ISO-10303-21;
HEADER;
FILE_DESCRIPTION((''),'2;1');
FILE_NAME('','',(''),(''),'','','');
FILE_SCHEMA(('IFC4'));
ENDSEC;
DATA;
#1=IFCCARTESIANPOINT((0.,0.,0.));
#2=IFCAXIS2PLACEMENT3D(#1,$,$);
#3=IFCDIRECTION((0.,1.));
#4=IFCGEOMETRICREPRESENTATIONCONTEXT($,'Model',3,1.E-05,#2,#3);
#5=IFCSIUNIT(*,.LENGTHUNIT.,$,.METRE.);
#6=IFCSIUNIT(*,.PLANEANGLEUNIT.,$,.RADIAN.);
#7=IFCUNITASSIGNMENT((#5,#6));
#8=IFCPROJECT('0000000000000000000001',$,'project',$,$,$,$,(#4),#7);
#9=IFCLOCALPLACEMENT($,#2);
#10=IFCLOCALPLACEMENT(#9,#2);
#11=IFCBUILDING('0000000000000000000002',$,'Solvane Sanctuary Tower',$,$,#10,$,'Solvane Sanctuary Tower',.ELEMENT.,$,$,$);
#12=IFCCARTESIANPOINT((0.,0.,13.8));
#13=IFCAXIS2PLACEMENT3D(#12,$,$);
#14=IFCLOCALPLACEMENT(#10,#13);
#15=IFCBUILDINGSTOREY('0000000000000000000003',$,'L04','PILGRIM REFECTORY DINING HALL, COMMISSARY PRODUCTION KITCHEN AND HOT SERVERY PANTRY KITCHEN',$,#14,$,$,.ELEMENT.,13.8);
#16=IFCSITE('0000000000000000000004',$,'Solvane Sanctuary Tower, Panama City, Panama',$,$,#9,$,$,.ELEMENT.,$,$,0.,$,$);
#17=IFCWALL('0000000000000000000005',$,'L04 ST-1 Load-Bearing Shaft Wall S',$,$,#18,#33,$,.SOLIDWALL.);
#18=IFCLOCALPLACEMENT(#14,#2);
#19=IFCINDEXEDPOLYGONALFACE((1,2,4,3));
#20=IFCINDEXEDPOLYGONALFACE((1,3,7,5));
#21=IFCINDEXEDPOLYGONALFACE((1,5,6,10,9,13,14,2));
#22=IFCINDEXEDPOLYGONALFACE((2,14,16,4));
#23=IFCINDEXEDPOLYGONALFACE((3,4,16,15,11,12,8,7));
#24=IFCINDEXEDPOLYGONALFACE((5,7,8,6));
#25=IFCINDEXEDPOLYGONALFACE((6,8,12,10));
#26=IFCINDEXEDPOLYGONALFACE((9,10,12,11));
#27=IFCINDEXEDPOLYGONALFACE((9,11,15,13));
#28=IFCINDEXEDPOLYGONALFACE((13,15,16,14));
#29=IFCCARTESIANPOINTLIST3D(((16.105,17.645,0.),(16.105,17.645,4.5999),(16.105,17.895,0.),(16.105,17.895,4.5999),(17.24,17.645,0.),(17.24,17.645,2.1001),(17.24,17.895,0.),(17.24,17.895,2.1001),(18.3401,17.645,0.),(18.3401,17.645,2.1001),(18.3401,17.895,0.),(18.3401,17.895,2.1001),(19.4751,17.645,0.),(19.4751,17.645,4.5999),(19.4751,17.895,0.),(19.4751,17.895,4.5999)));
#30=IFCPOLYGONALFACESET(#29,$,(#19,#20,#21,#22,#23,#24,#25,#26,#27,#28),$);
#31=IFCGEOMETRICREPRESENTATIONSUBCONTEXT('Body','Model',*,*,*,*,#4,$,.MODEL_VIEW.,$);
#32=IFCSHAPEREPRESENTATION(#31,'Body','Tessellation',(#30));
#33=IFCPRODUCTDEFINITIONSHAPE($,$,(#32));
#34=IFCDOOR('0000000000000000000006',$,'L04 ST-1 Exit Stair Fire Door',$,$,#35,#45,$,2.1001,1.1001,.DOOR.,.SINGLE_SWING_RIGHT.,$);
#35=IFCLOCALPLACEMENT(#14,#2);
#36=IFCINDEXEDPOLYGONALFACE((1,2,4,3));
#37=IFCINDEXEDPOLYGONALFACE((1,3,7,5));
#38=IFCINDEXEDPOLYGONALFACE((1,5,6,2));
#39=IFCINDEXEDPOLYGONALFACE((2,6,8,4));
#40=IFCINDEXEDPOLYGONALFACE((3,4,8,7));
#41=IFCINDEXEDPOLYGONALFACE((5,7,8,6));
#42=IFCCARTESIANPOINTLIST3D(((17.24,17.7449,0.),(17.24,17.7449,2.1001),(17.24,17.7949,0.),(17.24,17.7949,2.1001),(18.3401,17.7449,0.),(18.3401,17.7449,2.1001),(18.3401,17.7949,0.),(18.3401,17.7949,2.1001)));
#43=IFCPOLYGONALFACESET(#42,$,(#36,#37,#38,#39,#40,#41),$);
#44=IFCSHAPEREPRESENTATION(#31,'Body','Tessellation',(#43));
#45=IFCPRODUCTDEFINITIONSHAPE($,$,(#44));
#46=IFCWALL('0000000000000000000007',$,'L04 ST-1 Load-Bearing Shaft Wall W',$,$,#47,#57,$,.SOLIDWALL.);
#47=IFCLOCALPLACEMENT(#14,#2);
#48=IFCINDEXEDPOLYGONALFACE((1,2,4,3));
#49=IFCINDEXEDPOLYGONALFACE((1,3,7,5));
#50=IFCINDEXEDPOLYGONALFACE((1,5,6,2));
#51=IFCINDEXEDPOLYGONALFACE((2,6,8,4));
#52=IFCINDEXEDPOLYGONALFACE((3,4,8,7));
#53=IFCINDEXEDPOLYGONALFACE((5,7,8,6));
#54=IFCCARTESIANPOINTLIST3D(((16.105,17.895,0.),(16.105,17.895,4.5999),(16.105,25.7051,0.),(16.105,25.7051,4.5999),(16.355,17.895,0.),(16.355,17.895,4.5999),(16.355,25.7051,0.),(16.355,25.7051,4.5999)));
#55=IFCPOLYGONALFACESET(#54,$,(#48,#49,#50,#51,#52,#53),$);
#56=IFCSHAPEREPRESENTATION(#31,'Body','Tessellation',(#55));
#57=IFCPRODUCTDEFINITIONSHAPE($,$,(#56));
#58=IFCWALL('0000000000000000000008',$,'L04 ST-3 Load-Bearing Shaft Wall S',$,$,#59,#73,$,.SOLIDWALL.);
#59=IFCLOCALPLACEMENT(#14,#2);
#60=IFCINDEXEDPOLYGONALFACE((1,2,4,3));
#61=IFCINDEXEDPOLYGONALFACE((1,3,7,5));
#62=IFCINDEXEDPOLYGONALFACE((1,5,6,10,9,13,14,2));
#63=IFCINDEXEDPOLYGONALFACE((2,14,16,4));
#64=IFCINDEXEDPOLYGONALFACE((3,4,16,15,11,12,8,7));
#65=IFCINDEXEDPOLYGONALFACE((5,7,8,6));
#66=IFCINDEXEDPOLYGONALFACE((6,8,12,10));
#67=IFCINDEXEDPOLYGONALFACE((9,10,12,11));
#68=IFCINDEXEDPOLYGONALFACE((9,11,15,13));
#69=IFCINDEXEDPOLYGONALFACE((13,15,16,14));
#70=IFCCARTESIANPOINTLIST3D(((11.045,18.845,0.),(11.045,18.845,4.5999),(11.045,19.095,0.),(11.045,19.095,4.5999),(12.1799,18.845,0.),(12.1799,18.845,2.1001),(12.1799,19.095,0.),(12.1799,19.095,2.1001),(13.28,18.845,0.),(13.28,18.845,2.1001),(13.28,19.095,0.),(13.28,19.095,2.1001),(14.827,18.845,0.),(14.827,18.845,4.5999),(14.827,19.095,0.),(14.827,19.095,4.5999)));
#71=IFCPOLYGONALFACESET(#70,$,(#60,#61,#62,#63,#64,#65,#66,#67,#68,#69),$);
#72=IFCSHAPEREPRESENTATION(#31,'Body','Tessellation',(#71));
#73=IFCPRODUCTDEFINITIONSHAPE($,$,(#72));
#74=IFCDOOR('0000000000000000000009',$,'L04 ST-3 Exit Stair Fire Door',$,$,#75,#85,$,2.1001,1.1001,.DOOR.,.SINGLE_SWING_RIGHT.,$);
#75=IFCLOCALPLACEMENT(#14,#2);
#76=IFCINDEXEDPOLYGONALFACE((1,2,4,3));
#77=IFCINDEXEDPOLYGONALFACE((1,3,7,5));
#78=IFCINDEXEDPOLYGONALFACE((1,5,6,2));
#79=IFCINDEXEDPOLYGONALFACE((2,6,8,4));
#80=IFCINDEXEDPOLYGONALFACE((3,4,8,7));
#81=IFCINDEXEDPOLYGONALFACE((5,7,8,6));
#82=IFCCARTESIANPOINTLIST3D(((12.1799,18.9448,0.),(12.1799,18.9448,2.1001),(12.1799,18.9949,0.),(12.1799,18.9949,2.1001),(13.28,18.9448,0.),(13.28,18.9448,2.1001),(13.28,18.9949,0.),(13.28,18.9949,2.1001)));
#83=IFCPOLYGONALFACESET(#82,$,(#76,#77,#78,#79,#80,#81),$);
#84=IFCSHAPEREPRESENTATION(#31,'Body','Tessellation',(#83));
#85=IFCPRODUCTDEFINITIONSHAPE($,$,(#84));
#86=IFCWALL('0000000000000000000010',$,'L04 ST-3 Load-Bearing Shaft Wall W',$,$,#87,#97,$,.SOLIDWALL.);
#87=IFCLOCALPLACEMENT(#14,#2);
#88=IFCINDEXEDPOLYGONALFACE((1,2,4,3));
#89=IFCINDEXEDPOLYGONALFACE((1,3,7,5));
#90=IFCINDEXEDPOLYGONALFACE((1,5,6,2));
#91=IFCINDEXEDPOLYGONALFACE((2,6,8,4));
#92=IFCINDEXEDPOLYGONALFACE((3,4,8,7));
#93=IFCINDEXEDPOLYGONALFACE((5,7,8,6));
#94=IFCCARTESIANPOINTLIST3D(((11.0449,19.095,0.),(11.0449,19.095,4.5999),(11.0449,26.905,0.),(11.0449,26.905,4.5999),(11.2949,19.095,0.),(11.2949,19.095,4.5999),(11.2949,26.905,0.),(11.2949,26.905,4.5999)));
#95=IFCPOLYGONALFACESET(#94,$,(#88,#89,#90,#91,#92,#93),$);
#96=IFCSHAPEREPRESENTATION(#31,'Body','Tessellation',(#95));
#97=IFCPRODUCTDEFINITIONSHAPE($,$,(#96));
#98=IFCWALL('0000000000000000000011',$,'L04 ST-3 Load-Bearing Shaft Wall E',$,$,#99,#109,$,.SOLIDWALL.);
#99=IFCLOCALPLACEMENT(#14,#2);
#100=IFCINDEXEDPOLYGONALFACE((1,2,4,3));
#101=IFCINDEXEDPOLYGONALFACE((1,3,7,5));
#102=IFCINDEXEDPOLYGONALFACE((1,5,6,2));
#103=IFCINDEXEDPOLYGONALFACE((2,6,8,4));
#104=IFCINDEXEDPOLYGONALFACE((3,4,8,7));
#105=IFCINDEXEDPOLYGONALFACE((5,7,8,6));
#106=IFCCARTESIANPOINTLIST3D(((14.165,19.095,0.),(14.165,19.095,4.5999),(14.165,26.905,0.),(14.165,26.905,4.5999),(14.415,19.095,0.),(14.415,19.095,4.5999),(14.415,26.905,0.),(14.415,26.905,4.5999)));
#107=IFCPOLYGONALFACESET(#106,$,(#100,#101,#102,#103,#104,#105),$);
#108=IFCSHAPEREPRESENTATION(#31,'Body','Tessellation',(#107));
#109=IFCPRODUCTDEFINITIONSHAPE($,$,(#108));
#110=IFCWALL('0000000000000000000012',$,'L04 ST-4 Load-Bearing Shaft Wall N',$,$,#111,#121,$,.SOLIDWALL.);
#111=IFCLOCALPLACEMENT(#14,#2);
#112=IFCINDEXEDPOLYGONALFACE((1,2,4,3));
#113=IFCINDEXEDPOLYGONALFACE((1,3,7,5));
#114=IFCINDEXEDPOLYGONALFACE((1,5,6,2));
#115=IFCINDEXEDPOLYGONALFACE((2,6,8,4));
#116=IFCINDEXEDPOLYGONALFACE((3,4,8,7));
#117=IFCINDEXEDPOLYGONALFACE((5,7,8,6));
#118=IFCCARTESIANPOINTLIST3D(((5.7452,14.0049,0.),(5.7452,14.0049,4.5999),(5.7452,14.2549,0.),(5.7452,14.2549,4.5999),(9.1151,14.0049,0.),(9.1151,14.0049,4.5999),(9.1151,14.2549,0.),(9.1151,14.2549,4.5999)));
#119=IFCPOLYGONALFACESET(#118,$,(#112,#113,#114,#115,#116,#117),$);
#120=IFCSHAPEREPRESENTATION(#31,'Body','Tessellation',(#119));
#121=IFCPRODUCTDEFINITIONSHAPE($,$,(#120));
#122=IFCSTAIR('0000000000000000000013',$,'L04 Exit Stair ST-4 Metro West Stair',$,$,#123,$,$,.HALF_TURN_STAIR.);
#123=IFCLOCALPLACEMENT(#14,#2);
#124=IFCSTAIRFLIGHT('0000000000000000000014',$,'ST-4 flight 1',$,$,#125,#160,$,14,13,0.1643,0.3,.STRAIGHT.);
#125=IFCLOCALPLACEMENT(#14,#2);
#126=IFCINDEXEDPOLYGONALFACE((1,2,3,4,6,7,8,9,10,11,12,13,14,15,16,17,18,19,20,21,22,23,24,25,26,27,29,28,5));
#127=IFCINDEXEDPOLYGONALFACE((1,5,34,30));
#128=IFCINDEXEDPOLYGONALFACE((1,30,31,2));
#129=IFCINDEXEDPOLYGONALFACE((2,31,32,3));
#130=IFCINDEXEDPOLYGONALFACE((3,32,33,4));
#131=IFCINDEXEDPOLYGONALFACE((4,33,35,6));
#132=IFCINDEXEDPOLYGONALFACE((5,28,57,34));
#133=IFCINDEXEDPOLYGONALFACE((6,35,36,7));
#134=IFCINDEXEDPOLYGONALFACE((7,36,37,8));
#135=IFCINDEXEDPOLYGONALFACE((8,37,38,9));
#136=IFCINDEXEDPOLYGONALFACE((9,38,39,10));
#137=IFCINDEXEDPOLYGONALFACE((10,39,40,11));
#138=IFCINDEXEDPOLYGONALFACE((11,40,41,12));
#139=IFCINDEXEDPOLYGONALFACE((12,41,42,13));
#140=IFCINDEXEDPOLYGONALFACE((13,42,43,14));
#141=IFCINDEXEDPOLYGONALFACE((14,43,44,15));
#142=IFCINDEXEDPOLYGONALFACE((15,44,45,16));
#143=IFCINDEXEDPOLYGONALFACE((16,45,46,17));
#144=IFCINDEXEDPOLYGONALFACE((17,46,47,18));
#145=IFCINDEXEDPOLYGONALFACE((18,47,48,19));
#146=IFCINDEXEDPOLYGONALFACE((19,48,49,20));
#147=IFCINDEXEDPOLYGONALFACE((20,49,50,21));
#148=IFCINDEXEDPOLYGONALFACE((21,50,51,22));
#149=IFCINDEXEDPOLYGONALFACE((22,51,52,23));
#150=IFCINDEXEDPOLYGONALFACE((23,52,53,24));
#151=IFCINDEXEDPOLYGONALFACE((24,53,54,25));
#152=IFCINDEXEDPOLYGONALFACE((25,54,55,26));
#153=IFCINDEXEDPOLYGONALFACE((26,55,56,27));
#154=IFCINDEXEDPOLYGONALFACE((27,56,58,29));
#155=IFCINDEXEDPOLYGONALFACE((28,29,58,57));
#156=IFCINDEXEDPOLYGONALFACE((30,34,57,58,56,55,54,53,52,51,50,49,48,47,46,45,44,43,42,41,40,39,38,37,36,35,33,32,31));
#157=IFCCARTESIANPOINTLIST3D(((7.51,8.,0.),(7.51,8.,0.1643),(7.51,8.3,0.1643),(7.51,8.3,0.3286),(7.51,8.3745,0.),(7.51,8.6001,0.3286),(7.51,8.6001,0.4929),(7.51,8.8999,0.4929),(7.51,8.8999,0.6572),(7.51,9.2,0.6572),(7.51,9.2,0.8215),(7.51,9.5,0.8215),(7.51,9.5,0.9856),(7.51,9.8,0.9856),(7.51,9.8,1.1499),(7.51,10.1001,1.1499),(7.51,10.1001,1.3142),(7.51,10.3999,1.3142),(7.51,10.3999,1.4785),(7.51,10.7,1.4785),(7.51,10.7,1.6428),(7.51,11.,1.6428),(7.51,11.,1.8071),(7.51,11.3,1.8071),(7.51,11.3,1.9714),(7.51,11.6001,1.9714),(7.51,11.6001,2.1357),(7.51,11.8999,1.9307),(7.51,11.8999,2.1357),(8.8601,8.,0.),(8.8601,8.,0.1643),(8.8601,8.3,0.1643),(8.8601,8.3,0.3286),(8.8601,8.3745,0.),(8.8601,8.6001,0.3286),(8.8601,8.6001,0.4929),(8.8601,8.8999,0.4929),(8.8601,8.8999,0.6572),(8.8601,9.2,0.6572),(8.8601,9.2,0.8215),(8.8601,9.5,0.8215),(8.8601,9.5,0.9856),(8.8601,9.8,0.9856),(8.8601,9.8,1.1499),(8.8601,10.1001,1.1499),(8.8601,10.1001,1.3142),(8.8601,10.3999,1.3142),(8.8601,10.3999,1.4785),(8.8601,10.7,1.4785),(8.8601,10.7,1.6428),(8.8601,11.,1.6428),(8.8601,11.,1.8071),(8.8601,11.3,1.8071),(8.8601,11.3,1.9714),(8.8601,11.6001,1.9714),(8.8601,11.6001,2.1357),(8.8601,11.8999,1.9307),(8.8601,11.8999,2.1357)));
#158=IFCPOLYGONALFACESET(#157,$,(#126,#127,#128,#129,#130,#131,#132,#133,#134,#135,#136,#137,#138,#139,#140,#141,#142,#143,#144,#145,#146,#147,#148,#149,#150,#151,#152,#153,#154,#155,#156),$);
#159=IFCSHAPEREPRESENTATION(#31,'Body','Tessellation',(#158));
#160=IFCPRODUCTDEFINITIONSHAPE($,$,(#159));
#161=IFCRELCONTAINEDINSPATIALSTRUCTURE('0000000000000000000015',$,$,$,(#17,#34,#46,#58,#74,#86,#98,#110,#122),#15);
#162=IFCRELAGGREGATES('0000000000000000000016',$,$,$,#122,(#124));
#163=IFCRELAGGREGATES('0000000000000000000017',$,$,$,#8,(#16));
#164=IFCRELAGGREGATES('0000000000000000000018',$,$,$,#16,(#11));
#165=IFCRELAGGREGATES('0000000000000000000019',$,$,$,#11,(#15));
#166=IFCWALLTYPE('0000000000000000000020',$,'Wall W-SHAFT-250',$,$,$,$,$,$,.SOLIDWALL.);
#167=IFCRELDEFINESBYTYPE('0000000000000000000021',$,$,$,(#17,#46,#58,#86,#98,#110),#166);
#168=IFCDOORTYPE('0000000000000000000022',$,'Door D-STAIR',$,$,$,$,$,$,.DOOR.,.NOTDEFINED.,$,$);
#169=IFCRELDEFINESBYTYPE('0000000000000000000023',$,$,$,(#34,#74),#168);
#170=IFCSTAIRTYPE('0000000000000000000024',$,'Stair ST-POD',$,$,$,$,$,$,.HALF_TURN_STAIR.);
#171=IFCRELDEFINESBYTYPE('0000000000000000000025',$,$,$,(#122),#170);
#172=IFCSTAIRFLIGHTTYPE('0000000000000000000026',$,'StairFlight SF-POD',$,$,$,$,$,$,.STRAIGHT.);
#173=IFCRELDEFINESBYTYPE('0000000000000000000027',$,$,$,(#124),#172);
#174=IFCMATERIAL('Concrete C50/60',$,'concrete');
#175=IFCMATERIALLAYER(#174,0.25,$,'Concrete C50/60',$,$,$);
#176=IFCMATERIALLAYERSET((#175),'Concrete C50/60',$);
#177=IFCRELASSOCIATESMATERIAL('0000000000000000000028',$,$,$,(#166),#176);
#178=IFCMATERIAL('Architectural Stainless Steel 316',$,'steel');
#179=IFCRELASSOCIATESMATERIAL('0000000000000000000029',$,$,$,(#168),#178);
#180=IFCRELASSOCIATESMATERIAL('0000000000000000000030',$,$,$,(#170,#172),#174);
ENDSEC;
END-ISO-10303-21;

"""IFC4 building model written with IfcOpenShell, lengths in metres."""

from ifc_helpers import new_model, si_unit, direction, frame, frame_2d, origin, place, context, subcontext, project, spatial, polyline, rectangle, outline, extrude, material, layer, layer_set, type_object, element, fill, aggregate, save


model = new_model("IFC4")

# Units and contexts
model_context = context("Model", 3, precision=1e-05, world=origin(), true_north=direction((0.0, 1.0)))
body_context = subcontext(model_context, "Body", "Model", "MODEL_VIEW")
ifc_project = project(units=[si_unit("LENGTHUNIT", "METRE"), si_unit("PLANEANGLEUNIT", "RADIAN")], contexts=[model_context])

# Site, building, storey
site_placement = place(None, origin())
site = spatial("IfcSite", under=ifc_project, at=site_placement, Name="Solvane Sanctuary Tower, Panama City, Panama", CompositionType="ELEMENT", RefElevation=0.0)
building_placement = place(site_placement, origin())
building = spatial("IfcBuilding", under=site, at=building_placement, Name="Solvane Sanctuary Tower", LongName="Solvane Sanctuary Tower", CompositionType="ELEMENT")
storey_placement = place(building_placement, frame((0.0, 0.0, 13.8)))
storey = spatial("IfcBuildingStorey", under=building, at=storey_placement, Name="L04", Description="PILGRIM REFECTORY DINING HALL, COMMISSARY PRODUCTION KITCHEN AND HOT SERVERY PANTRY KITCHEN", CompositionType="ELEMENT", Elevation=13.8)

# Shared definitions
ifc_material_1 = material(Name="Architectural Stainless Steel 316", Category="steel")

# Wall, opening, door
ifc_material_2 = material(Name="Concrete C50/60", Category="concrete")
ifc_layer_1 = layer(ifc_material_2, 0.25, Name="Concrete C50/60")
ifc_layer_set_1 = layer_set([ifc_layer_1], Name="Concrete C50/60")
wall_type_1 = type_object("IfcWallType", Name="Wall W-SHAFT-250", PredefinedType="SOLIDWALL", material=ifc_layer_set_1)
wall_1_placement = place(storey_placement, frame((16.105, 17.77, 0.0), z_axis=(0.0, 0.0, 1.0), x_axis=(1.0, 0.0, 0.0)))
wall_1 = element("IfcWall", 1, at=wall_1_placement, inside=storey, type_object=wall_type_1, Name="L04 ST-1 Load-Bearing Shaft Wall S", PredefinedType="SOLIDWALL", context=body_context, shape_type="SweptSolid", body=[
    extrude(rectangle(XDim=3.3701, YDim=0.25, at=frame_2d((1.6851, 0.0))), origin(), (0.0, 0.0, 1.0), 4.5999),
])
opening_1_placement = place(wall_1_placement, frame((1.135, 0.0, 0.0)))
opening_1 = element("IfcOpeningElement", 2, at=opening_1_placement, cuts=wall_1, PredefinedType="OPENING", context=body_context, shape_type="SweptSolid", body=[
    extrude(rectangle(XDim=1.1001, YDim=2.1001, at=frame_2d((0.55, 1.05))), frame((0.0, 0.135, 0.0), z_axis=(0.0, -1.0, 0.0), x_axis=(1.0, 0.0, 0.0)), (0.0, 0.0, 1.0), 0.27),
])
door_type_1 = type_object("IfcDoorType", Name="Door D-STAIR", OperationType="NOTDEFINED", PredefinedType="DOOR", material=ifc_material_1)
door_1_placement = place(opening_1_placement, origin())
door_1 = element("IfcDoor", 3, at=door_1_placement, inside=storey, type_object=door_type_1, Name="L04 ST-1 Exit Stair Fire Door", OperationType="SINGLE_SWING_RIGHT", OverallHeight=2.1001, OverallWidth=1.1001, PredefinedType="DOOR", context=body_context, shape_type="SweptSolid", body=[
    extrude(rectangle(XDim=1.1001, YDim=2.1001, at=frame_2d((0.55, 1.05))), frame((0.0, 0.0249, 0.0), z_axis=(0.0, -1.0, 0.0), x_axis=(1.0, 0.0, 0.0)), (0.0, 0.0, 1.0), 0.05),
])
fill(opening_1, door_1)

# Wall
wall_2_placement = place(storey_placement, frame((16.23, 17.895, 0.0), z_axis=(0.0, 0.0, 1.0), x_axis=(0.0, 1.0, 0.0)))
element("IfcWall", 4, at=wall_2_placement, inside=storey, type_object=wall_type_1, Name="L04 ST-1 Load-Bearing Shaft Wall W", PredefinedType="SOLIDWALL", context=body_context, shape_type="SweptSolid", body=[
    extrude(rectangle(XDim=7.8101, YDim=0.25, at=frame_2d((3.905, 0.0))), origin(), (0.0, 0.0, 1.0), 4.5999),
])

# Wall, opening, door
wall_3_placement = place(storey_placement, frame((11.0449, 18.97, 0.0), z_axis=(0.0, 0.0, 1.0), x_axis=(1.0, 0.0, 0.0)))
wall_3 = element("IfcWall", 5, at=wall_3_placement, inside=storey, type_object=wall_type_1, Name="L04 ST-3 Load-Bearing Shaft Wall S", PredefinedType="SOLIDWALL", context=body_context, shape_type="SweptSolid", body=[
    extrude(rectangle(XDim=3.782, YDim=0.25, at=frame_2d((1.8911, 0.0))), origin(), (0.0, 0.0, 1.0), 4.5999),
])
opening_2_placement = place(wall_3_placement, frame((1.135, 0.0, 0.0)))
opening_2 = element("IfcOpeningElement", 6, at=opening_2_placement, cuts=wall_3, PredefinedType="OPENING", context=body_context, shape_type="SweptSolid", body=[
    extrude(rectangle(XDim=1.1001, YDim=2.1001, at=frame_2d((0.55, 1.05))), frame((0.0, 0.135, 0.0), z_axis=(0.0, -1.0, 0.0), x_axis=(1.0, 0.0, 0.0)), (0.0, 0.0, 1.0), 0.27),
])
door_2_placement = place(opening_2_placement, origin())
door_2 = element("IfcDoor", 7, at=door_2_placement, inside=storey, type_object=door_type_1, Name="L04 ST-3 Exit Stair Fire Door", OperationType="SINGLE_SWING_RIGHT", OverallHeight=2.1001, OverallWidth=1.1001, PredefinedType="DOOR", context=body_context, shape_type="SweptSolid", body=[
    extrude(rectangle(XDim=1.1001, YDim=2.1001, at=frame_2d((0.55, 1.05))), frame((0.0, 0.0249, 0.0), z_axis=(0.0, -1.0, 0.0), x_axis=(1.0, 0.0, 0.0)), (0.0, 0.0, 1.0), 0.05),
])
fill(opening_2, door_2)

# Walls
for number, where, z_axis, x_axis, name in (
    (8, (11.1699, 19.095, 0.0), (0.0, 0.0, 1.0), (0.0, 1.0, 0.0), "L04 ST-3 Load-Bearing Shaft Wall W"),
    (9, (14.29, 19.095, 0.0), (0.0, 0.0, 1.0), (0.0, 1.0, 0.0), "L04 ST-3 Load-Bearing Shaft Wall E"),
):
    element("IfcWall", number, at=place(storey_placement, frame(where, z_axis=z_axis, x_axis=x_axis)), inside=storey, type_object=wall_type_1, Name=name, PredefinedType="SOLIDWALL", context=body_context, shape_type="SweptSolid", body=[
        extrude(rectangle(XDim=7.8101, YDim=0.25, at=frame_2d((3.905, 0.0))), origin(), (0.0, 0.0, 1.0), 4.5999),
    ])
wall_4_placement = place(storey_placement, frame((5.7451, 14.1299, 0.0), z_axis=(0.0, 0.0, 1.0), x_axis=(1.0, 0.0, 0.0)))
element("IfcWall", 10, at=wall_4_placement, inside=storey, type_object=wall_type_1, Name="L04 ST-4 Load-Bearing Shaft Wall N", PredefinedType="SOLIDWALL", context=body_context, shape_type="SweptSolid", body=[
    extrude(rectangle(XDim=3.3699, YDim=0.25, at=frame_2d((1.6851, 0.0))), origin(), (0.0, 0.0, 1.0), 4.5999),
])

# Stair, stair flight
stair_type = type_object("IfcStairType", Name="Stair ST-POD", PredefinedType="HALF_TURN_STAIR", material=ifc_material_2)
stair_placement = place(storey_placement, origin())
stair = element("IfcStair", 11, at=stair_placement, inside=storey, type_object=stair_type, Name="L04 Exit Stair ST-4 Metro West Stair", PredefinedType="HALF_TURN_STAIR")
stair_flight_type = type_object("IfcStairFlightType", Name="StairFlight SF-POD", PredefinedType="STRAIGHT", material=ifc_material_2)
stair_flight_1_placement = place(storey_placement, frame((8.1851, 8.0, 0.0), z_axis=(0.0, 0.0, 1.0), x_axis=(0.0, 1.0, 0.0)))
stair_flight_1 = element("IfcStairFlight", 12, at=stair_flight_1_placement, type_object=stair_flight_type, Name="ST-4 flight 1", NumberOfRisers=14, NumberOfTreads=13, PredefinedType="STRAIGHT", RiserHeight=0.1643, TreadLength=0.3, context=body_context, shape_type="SweptSolid", body=[
    extrude(outline(polyline([(0.0, 0.0), (0.0, 0.1643), (0.3, 0.1643), (0.3, 0.3286), (0.6001, 0.3286), (0.6001, 0.4929), (0.8999, 0.4929), (0.8999, 0.6572), (1.2, 0.6572), (1.2, 0.8215), (1.5, 0.8215), (1.5, 0.9856), (1.8, 0.9856), (1.8, 1.1499), (2.1001, 1.1499), (2.1001, 1.3142), (2.3999, 1.3142), (2.3999, 1.4785), (2.7, 1.4785), (2.7, 1.6428), (3.0, 1.6428), (3.0, 1.8071), (3.3, 1.8071), (3.3, 1.9714), (3.6001, 1.9714), (3.6001, 2.1357), (3.8999, 2.1357), (3.8999, 2.3), (3.8999, 1.9307), (0.3745, 0.0), (0.0, 0.0)])), frame((0.0, 0.675, 0.0), z_axis=(0.0, -1.0, 0.0), x_axis=(1.0, 0.0, 0.0)), (0.0, 0.0, 1.0), 1.3501),
])
aggregate(stair, [stair_flight_1])

save(model, "model.ifc")
